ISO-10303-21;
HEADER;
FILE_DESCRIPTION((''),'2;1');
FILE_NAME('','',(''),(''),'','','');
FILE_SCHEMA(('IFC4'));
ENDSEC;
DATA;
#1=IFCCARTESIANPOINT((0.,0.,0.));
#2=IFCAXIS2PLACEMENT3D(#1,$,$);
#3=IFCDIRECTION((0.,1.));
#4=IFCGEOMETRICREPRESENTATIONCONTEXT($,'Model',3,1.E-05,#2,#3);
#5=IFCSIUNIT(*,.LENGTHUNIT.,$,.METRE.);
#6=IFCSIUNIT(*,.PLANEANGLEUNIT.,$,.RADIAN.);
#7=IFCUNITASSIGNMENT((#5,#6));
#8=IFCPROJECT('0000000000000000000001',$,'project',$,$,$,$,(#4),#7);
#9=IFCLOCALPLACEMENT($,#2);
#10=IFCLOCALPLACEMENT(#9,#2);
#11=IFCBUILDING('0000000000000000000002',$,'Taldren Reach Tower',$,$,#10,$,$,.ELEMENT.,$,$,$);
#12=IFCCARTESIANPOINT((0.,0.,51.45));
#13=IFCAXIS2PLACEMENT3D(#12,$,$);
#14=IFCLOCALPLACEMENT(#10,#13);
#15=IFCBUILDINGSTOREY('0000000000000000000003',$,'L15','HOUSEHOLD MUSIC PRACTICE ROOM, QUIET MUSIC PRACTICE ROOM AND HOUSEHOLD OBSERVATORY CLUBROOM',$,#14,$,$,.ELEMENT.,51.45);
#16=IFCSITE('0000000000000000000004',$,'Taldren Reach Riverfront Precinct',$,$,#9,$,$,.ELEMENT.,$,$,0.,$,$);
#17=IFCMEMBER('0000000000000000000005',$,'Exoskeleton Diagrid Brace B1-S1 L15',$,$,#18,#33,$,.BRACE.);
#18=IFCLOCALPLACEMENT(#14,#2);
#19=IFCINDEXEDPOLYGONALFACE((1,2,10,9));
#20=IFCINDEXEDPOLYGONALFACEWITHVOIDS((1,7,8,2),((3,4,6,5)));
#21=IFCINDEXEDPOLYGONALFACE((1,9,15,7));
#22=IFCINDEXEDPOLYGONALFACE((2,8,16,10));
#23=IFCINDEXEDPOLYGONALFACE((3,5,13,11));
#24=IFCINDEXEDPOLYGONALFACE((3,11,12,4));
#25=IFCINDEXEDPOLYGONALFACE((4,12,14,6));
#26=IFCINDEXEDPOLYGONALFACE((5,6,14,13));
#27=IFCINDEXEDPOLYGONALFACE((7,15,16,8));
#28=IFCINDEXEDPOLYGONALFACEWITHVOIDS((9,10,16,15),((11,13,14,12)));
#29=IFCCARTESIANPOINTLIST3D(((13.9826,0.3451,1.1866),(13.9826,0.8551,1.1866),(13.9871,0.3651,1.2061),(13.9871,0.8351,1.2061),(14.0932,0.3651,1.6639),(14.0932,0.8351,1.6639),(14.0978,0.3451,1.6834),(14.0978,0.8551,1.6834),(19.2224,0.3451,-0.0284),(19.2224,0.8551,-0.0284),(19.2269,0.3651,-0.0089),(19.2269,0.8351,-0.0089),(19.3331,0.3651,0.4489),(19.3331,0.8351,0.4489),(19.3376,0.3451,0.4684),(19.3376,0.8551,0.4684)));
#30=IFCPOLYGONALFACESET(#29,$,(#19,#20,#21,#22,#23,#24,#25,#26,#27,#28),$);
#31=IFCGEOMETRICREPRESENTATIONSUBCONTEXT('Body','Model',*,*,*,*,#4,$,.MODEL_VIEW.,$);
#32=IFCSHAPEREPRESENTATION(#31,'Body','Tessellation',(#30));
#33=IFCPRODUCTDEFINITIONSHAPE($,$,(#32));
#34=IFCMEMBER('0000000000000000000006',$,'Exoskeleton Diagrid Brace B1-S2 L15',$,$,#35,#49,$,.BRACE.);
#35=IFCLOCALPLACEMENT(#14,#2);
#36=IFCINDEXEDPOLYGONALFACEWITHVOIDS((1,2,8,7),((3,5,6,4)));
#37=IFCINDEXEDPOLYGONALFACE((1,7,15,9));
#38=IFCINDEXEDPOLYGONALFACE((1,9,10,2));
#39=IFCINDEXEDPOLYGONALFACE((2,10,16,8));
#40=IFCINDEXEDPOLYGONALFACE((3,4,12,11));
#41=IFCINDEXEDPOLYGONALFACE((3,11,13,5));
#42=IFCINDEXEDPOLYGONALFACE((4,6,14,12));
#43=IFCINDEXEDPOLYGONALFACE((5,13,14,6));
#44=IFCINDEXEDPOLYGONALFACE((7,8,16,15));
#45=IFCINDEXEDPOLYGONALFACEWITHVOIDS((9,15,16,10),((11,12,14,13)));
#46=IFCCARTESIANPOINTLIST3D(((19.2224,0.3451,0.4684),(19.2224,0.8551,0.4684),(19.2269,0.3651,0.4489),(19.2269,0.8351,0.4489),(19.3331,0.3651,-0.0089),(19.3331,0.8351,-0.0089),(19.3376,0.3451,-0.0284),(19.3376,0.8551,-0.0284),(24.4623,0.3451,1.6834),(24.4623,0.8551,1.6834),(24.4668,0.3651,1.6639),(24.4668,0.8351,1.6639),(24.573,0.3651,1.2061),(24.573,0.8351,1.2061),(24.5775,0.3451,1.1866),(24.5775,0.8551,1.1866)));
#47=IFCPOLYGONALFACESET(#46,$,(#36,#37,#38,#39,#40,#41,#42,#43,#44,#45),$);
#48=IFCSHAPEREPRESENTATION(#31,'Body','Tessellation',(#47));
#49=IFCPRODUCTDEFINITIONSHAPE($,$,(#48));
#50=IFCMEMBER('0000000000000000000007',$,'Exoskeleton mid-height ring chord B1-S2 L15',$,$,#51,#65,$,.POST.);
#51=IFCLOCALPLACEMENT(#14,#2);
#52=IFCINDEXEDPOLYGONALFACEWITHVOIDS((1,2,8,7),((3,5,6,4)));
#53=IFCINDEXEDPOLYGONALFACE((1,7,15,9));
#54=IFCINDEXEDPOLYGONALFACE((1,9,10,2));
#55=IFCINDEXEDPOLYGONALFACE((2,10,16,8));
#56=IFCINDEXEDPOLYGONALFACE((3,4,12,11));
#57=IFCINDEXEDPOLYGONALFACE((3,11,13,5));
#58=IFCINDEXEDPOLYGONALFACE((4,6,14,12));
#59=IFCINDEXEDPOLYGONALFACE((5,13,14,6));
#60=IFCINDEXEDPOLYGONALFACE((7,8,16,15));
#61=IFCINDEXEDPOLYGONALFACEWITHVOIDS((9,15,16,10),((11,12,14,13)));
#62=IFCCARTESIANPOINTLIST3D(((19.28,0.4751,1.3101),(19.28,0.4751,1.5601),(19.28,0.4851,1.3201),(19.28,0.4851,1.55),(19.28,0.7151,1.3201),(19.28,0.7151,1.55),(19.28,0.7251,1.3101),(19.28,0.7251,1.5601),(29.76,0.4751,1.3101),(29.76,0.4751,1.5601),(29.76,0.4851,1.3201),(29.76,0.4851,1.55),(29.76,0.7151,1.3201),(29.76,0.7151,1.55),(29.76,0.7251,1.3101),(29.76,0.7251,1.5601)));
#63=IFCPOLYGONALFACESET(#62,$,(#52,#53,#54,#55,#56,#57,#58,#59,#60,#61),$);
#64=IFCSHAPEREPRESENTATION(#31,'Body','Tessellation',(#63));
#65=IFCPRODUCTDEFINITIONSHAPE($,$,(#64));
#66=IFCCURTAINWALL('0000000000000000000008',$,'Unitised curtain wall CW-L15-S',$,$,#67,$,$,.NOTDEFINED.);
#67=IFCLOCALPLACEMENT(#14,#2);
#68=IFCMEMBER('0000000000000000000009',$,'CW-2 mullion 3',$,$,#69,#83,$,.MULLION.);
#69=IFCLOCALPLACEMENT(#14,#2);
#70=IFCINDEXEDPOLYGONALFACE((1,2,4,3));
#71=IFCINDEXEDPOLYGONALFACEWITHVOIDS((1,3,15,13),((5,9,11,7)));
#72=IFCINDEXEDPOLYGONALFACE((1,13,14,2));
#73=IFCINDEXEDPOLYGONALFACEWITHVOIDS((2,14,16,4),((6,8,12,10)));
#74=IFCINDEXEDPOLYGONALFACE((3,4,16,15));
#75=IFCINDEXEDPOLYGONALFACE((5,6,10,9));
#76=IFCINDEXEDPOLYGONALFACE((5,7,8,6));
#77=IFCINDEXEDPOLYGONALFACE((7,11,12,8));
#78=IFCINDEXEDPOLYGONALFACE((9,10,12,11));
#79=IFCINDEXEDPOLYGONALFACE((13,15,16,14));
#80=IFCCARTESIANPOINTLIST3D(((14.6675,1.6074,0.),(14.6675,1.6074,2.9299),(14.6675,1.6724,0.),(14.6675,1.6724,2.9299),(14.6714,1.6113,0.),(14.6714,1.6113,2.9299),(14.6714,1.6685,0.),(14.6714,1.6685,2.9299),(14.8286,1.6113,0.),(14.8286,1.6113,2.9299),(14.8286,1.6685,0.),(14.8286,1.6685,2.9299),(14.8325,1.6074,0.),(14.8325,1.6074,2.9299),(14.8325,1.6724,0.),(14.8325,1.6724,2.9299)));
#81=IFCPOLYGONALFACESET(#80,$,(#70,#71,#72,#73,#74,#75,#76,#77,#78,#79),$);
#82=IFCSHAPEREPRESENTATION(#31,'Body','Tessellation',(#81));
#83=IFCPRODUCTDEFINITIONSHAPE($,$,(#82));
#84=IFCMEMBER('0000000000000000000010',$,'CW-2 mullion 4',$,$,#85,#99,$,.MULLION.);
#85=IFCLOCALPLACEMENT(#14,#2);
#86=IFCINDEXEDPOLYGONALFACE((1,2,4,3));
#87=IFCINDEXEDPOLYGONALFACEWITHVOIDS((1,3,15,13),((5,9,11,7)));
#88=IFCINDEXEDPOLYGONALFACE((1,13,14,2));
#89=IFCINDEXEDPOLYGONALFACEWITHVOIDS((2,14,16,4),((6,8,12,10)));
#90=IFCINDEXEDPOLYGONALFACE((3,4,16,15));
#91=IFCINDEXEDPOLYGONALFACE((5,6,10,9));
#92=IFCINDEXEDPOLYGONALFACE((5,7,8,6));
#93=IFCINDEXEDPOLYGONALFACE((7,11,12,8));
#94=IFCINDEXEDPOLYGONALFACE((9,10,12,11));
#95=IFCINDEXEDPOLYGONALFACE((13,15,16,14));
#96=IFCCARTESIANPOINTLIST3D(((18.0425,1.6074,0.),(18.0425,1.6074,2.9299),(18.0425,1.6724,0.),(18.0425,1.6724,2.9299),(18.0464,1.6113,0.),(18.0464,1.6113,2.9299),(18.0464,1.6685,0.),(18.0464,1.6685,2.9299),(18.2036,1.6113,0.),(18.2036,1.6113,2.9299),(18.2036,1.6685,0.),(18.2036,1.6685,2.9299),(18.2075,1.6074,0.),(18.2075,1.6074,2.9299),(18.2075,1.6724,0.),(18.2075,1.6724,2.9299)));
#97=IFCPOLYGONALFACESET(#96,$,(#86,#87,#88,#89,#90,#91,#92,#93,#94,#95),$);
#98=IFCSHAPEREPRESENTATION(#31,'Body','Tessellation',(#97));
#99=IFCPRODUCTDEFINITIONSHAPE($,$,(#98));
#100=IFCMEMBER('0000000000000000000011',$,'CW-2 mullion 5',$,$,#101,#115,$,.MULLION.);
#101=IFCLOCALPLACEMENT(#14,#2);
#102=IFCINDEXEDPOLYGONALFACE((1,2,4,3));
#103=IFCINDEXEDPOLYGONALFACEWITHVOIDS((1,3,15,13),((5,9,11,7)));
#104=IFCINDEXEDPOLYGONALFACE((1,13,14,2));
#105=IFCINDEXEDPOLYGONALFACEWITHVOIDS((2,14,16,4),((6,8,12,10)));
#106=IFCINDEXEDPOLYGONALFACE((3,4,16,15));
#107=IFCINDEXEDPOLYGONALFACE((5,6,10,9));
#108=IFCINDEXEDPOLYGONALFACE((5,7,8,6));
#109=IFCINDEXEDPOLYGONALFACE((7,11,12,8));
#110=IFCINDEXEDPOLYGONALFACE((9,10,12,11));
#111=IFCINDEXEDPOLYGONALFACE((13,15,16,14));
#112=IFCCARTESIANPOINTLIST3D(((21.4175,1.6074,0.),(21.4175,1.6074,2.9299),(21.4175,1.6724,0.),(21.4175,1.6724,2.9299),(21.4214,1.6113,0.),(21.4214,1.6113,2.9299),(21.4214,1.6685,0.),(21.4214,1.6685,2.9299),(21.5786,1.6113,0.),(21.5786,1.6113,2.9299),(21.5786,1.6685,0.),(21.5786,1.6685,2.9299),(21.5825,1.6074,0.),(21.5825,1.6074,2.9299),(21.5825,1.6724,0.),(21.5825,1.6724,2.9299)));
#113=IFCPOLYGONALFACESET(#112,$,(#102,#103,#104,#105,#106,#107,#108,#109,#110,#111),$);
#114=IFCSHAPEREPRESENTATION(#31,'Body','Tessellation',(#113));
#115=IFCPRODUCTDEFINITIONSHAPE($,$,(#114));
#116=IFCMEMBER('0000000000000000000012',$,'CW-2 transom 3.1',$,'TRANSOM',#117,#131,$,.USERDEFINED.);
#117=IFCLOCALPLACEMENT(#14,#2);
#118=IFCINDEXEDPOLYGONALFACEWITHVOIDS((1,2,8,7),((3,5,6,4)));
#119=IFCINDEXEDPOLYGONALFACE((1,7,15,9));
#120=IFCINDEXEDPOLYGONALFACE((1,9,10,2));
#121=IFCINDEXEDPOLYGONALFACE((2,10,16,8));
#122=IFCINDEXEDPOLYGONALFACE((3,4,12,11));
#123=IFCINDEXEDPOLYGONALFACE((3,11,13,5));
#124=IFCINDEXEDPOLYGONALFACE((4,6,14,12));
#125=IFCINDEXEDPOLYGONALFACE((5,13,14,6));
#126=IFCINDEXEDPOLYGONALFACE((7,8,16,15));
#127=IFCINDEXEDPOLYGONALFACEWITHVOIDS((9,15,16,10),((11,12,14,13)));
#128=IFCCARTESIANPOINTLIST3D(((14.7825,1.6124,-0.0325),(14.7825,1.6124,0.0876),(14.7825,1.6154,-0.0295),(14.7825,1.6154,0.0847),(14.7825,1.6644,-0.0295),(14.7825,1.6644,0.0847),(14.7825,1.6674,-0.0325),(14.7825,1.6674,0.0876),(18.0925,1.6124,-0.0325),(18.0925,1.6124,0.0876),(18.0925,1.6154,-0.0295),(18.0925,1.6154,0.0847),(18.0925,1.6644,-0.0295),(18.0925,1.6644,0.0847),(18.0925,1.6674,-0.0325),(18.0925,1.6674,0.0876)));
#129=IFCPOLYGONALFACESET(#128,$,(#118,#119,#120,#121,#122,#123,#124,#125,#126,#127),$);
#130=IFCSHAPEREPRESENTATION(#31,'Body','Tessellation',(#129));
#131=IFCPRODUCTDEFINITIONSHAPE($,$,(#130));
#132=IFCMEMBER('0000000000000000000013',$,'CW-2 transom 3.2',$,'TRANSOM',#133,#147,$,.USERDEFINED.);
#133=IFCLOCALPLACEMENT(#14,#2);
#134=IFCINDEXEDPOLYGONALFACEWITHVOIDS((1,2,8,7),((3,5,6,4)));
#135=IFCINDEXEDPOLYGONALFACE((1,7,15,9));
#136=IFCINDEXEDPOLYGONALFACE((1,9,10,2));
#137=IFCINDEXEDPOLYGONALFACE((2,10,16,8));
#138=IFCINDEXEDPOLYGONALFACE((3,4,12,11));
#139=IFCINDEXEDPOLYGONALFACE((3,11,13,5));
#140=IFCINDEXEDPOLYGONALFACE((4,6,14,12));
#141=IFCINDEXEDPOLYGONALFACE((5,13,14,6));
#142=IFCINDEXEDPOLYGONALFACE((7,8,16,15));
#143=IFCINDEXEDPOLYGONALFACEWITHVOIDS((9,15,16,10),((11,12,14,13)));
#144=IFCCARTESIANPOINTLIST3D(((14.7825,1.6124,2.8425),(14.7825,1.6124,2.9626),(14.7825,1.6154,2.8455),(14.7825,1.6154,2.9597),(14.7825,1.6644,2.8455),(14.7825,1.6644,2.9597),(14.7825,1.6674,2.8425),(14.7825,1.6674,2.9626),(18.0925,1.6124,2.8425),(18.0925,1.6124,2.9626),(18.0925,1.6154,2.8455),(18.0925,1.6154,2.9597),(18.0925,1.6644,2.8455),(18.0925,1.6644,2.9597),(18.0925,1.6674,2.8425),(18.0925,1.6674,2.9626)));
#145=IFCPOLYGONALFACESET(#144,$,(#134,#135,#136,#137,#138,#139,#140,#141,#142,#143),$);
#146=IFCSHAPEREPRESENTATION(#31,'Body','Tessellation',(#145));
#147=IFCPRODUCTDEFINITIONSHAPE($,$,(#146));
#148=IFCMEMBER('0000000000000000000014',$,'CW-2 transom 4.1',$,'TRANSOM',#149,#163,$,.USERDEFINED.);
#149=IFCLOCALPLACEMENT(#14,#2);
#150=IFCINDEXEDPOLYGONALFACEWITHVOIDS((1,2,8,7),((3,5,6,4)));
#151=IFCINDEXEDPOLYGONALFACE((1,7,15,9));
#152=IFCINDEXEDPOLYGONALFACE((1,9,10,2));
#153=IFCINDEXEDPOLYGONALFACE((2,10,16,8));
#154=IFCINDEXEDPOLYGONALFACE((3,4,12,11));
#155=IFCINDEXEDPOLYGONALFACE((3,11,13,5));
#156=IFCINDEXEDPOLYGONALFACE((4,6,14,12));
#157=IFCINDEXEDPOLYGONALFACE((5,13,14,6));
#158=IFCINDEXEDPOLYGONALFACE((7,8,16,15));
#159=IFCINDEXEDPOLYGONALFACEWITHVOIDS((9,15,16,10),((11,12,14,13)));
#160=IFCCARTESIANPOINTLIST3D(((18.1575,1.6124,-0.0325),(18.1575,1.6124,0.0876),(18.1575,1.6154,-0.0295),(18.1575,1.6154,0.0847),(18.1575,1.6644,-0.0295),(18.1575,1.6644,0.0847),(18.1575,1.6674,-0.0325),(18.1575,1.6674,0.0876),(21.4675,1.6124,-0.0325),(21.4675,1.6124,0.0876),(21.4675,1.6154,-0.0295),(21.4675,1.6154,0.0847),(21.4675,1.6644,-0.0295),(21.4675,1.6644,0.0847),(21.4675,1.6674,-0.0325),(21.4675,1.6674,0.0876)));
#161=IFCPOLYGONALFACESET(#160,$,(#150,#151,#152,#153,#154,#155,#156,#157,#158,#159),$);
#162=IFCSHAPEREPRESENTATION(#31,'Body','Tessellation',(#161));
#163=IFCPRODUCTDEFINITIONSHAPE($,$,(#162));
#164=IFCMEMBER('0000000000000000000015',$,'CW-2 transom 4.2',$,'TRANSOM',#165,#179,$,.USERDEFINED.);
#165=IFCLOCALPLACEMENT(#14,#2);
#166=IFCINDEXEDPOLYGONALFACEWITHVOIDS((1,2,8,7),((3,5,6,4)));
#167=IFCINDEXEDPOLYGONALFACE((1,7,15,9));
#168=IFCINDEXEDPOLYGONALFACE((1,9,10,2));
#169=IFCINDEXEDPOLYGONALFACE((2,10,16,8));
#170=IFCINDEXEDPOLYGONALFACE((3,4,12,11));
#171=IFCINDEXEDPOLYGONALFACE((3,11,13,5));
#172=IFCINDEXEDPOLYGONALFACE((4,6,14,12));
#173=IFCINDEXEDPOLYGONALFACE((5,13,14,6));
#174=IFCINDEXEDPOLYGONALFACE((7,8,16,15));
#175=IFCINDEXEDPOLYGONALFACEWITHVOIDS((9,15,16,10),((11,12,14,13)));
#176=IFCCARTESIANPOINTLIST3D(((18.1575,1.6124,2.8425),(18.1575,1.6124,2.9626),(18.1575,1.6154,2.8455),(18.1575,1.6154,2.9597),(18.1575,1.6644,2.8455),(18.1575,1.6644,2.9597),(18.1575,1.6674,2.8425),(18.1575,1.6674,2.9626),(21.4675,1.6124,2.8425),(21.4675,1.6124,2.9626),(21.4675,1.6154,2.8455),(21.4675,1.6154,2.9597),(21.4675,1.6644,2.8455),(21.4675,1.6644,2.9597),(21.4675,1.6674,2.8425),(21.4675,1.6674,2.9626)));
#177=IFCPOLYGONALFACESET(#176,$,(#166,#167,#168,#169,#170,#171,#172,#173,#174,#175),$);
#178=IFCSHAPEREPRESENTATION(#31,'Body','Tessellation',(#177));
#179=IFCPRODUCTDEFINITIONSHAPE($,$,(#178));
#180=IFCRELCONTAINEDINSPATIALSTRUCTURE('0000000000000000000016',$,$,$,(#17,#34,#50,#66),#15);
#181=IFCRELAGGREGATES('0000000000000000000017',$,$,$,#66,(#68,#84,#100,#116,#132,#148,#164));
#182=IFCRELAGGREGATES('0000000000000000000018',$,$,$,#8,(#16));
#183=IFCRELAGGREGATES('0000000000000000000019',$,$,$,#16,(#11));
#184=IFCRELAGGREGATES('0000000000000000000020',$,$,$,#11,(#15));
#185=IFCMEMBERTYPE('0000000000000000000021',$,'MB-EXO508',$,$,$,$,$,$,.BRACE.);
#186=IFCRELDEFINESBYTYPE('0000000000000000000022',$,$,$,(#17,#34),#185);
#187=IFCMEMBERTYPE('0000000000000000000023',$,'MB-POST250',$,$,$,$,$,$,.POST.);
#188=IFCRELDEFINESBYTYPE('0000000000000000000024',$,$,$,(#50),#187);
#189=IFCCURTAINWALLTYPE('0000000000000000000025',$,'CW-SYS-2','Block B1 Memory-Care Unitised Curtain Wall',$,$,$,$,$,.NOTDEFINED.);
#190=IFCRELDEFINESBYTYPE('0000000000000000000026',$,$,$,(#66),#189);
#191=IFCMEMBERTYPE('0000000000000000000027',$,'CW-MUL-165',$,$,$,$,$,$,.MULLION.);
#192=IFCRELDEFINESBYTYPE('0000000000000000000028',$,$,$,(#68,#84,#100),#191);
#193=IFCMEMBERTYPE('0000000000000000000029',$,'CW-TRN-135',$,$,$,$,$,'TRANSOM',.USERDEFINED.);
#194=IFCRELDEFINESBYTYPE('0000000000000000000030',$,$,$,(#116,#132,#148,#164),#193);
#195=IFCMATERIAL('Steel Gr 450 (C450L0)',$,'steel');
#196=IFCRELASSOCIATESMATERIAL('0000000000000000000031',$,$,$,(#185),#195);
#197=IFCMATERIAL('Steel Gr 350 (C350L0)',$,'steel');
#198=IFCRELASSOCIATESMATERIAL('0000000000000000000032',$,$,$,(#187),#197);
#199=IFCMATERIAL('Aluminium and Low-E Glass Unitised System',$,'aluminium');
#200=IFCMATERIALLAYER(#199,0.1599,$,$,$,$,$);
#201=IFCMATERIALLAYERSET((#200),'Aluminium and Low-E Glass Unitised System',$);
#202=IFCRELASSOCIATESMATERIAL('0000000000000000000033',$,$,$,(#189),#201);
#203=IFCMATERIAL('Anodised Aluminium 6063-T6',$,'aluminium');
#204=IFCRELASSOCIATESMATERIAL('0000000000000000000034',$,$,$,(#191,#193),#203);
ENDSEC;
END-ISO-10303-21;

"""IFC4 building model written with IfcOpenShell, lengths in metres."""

from ifc_helpers import new_model, si_unit, direction, frame, origin, origin_2d, place, context, subcontext, project, spatial, hollow_rectangle, extrude, source, transform, mapped, material, layer, layer_set, material_profile, profile_set, type_object, element, aggregate, save


model = new_model("IFC4")

# Units and contexts
model_context = context("Model", 3, precision=1e-05, world=origin(), true_north=direction((0.0, 1.0)))
body_context = subcontext(model_context, "Body", "Model", "MODEL_VIEW")
ifc_project = project(units=[si_unit("LENGTHUNIT", "METRE"), si_unit("PLANEANGLEUNIT", "RADIAN")], contexts=[model_context])

# Site, building, storey
site_placement = place(None, origin())
site = spatial("IfcSite", under=ifc_project, at=site_placement, Name="Taldren Reach Riverfront Precinct", CompositionType="ELEMENT", RefElevation=0.0)
building_placement = place(site_placement, origin())
building = spatial("IfcBuilding", under=site, at=building_placement, Name="Taldren Reach Tower", CompositionType="ELEMENT")
storey_placement = place(building_placement, frame((0.0, 0.0, 51.45)))
storey = spatial("IfcBuildingStorey", under=building, at=storey_placement, Name="L15", Description="HOUSEHOLD MUSIC PRACTICE ROOM, QUIET MUSIC PRACTICE ROOM AND HOUSEHOLD OBSERVATORY CLUBROOM", CompositionType="ELEMENT", Elevation=51.45)

# Members
ifc_material_1 = material(Name="Steel Gr 450 (C450L0)", Category="steel")
ifc_material_profile_1 = material_profile(ifc_material_1, hollow_rectangle(XDim=0.51, YDim=0.51, WallThickness=0.02, at=origin_2d()), Name="510x510x20.0SHS")
ifc_profile_set_1 = profile_set([ifc_material_profile_1], Name="Steel Gr 450 (C450L0)")
member_type_1 = type_object("IfcMemberType", Name="MB-EXO508", PredefinedType="BRACE", material=ifc_profile_set_1)
shared_shape_1 = source(origin(), body_context, "Body", "SweptSolid", [
    extrude(hollow_rectangle(XDim=0.51, YDim=0.51, WallThickness=0.02, at=origin_2d()), origin(), (0.0, 0.0, 1.0), 5.3789),
])
for number, where, z_axis, x_axis, name in (
    (1, (19.28, 0.6001, 0.22), (-0.974152, 0.0, 0.225894), (0.0, -1.0, 0.0), "Exoskeleton Diagrid Brace B1-S1 L15"),
    (2, (19.28, 0.6001, 0.22), (0.974152, 0.0, 0.225894), (0.0, 1.0, 0.0), "Exoskeleton Diagrid Brace B1-S2 L15"),
):
    element("IfcMember", number, at=place(storey_placement, frame(where, z_axis=z_axis, x_axis=x_axis)), inside=storey, type_object=member_type_1, Name=name, PredefinedType="BRACE", context=body_context, shape_type="MappedRepresentation", body=[
        mapped(shared_shape_1, transform((0.0, 0.0, 0.0), scale=1.0)),
    ])
ifc_material_2 = material(Name="Steel Gr 350 (C350L0)", Category="steel")
ifc_material_profile_2 = material_profile(ifc_material_2, hollow_rectangle(XDim=0.25, YDim=0.25, WallThickness=0.01, at=origin_2d()), Name="250x250x10.0SHS")
ifc_profile_set_2 = profile_set([ifc_material_profile_2], Name="Steel Gr 350 (C350L0)")
member_type_2 = type_object("IfcMemberType", Name="MB-POST250", PredefinedType="POST", material=ifc_profile_set_2)
shared_shape_2 = source(origin(), body_context, "Body", "SweptSolid", [
    extrude(hollow_rectangle(XDim=0.25, YDim=0.25, WallThickness=0.01, at=origin_2d()), origin(), (0.0, 0.0, 1.0), 10.48),
])
member_1_placement = place(storey_placement, frame((19.28, 0.6001, 1.4351), z_axis=(1.0, 0.0, 0.0), x_axis=(0.0, 1.0, 0.0)))
element("IfcMember", 3, at=member_1_placement, inside=storey, type_object=member_type_2, Name="Exoskeleton mid-height ring chord B1-S2 L15", PredefinedType="POST", context=body_context, shape_type="MappedRepresentation", body=[
    mapped(shared_shape_2, transform((0.0, 0.0, 0.0), scale=1.0)),
])

# Curtain wall, members
ifc_material_3 = material(Name="Aluminium and Low-E Glass Unitised System", Category="aluminium")
ifc_layer_1 = layer(ifc_material_3, 0.1599)
ifc_layer_set_1 = layer_set([ifc_layer_1], Name="Aluminium and Low-E Glass Unitised System")
curtain_wall_type = type_object("IfcCurtainWallType", Name="CW-SYS-2", Description="Block B1 Memory-Care Unitised Curtain Wall", PredefinedType="NOTDEFINED", material=ifc_layer_set_1)
curtain_wall_placement = place(storey_placement, origin())
curtain_wall = element("IfcCurtainWall", 4, at=curtain_wall_placement, inside=storey, type_object=curtain_wall_type, Name="Unitised curtain wall CW-L15-S", PredefinedType="NOTDEFINED")
ifc_material_4 = material(Name="Anodised Aluminium 6063-T6", Category="aluminium")
ifc_material_profile_3 = material_profile(ifc_material_4, hollow_rectangle(XDim=0.0649, YDim=0.165, WallThickness=0.0039, at=origin_2d()), Name="ALU-165x65x4RHS")
ifc_profile_set_3 = profile_set([ifc_material_profile_3], Name="Anodised Aluminium 6063-T6")
member_type_3 = type_object("IfcMemberType", Name="CW-MUL-165", PredefinedType="MULLION", material=ifc_profile_set_3)
shared_shape_3 = source(origin(), body_context, "Body", "SweptSolid", [
    extrude(hollow_rectangle(XDim=0.0649, YDim=0.165, WallThickness=0.0039, at=origin_2d()), origin(), (0.0, 0.0, 1.0), 2.9299),
])
member_2_placement = place(storey_placement, frame((14.75, 1.6399, 0.0), z_axis=(0.0, 0.0, 1.0), x_axis=(0.0, 1.0, 0.0)))
member_2 = element("IfcMember", 5, at=member_2_placement, type_object=member_type_3, Name="CW-2 mullion 3", PredefinedType="MULLION", context=body_context, shape_type="MappedRepresentation", body=[
    mapped(shared_shape_3, transform((0.0, 0.0, 0.0), scale=1.0)),
])
member_3_placement = place(storey_placement, frame((18.125, 1.6399, 0.0), z_axis=(0.0, 0.0, 1.0), x_axis=(0.0, 1.0, 0.0)))
member_3 = element("IfcMember", 6, at=member_3_placement, type_object=member_type_3, Name="CW-2 mullion 4", PredefinedType="MULLION", context=body_context, shape_type="MappedRepresentation", body=[
    mapped(shared_shape_3, transform((0.0, 0.0, 0.0), scale=1.0)),
])
member_4_placement = place(storey_placement, frame((21.5, 1.6399, 0.0), z_axis=(0.0, 0.0, 1.0), x_axis=(0.0, 1.0, 0.0)))
member_4 = element("IfcMember", 7, at=member_4_placement, type_object=member_type_3, Name="CW-2 mullion 5", PredefinedType="MULLION", context=body_context, shape_type="MappedRepresentation", body=[
    mapped(shared_shape_3, transform((0.0, 0.0, 0.0), scale=1.0)),
])
ifc_material_profile_4 = material_profile(ifc_material_4, hollow_rectangle(XDim=0.0549, YDim=0.1201, WallThickness=0.0029, at=origin_2d()), Name="ALU-120x55x3RHS")
ifc_profile_set_4 = profile_set([ifc_material_profile_4], Name="Anodised Aluminium 6063-T6")
member_type_4 = type_object("IfcMemberType", Name="CW-TRN-135", ElementType="TRANSOM", PredefinedType="USERDEFINED", material=ifc_profile_set_4)
shared_shape_4 = source(origin(), body_context, "Body", "SweptSolid", [
    extrude(hollow_rectangle(XDim=0.0549, YDim=0.1201, WallThickness=0.0029, at=origin_2d()), origin(), (0.0, 0.0, 1.0), 3.3101),
])
member_5_placement = place(storey_placement, frame((14.7825, 1.6399, 0.0276), z_axis=(1.0, 0.0, 0.0), x_axis=(0.0, 1.0, 0.0)))
member_5 = element("IfcMember", 8, at=member_5_placement, type_object=member_type_4, Name="CW-2 transom 3.1", ObjectType="TRANSOM", PredefinedType="USERDEFINED", context=body_context, shape_type="MappedRepresentation", body=[
    mapped(shared_shape_4, transform((0.0, 0.0, 0.0), scale=1.0)),
])
member_6_placement = place(storey_placement, frame((14.7825, 1.6399, 2.9026), z_axis=(1.0, 0.0, 0.0), x_axis=(0.0, 1.0, 0.0)))
member_6 = element("IfcMember", 9, at=member_6_placement, type_object=member_type_4, Name="CW-2 transom 3.2", ObjectType="TRANSOM", PredefinedType="USERDEFINED", context=body_context, shape_type="MappedRepresentation", body=[
    mapped(shared_shape_4, transform((0.0, 0.0, 0.0), scale=1.0)),
])
member_7_placement = place(storey_placement, frame((18.1575, 1.6399, 0.0276), z_axis=(1.0, 0.0, 0.0), x_axis=(0.0, 1.0, 0.0)))
member_7 = element("IfcMember", 10, at=member_7_placement, type_object=member_type_4, Name="CW-2 transom 4.1", ObjectType="TRANSOM", PredefinedType="USERDEFINED", context=body_context, shape_type="MappedRepresentation", body=[
    mapped(shared_shape_4, transform((0.0, 0.0, 0.0), scale=1.0)),
])
member_8_placement = place(storey_placement, frame((18.1575, 1.6399, 2.9026), z_axis=(1.0, 0.0, 0.0), x_axis=(0.0, 1.0, 0.0)))
member_8 = element("IfcMember", 11, at=member_8_placement, type_object=member_type_4, Name="CW-2 transom 4.2", ObjectType="TRANSOM", PredefinedType="USERDEFINED", context=body_context, shape_type="MappedRepresentation", body=[
    mapped(shared_shape_4, transform((0.0, 0.0, 0.0), scale=1.0)),
])

aggregate(curtain_wall, [member_2, member_3, member_4, member_5, member_6, member_7, member_8])

save(model, "model.ifc")
